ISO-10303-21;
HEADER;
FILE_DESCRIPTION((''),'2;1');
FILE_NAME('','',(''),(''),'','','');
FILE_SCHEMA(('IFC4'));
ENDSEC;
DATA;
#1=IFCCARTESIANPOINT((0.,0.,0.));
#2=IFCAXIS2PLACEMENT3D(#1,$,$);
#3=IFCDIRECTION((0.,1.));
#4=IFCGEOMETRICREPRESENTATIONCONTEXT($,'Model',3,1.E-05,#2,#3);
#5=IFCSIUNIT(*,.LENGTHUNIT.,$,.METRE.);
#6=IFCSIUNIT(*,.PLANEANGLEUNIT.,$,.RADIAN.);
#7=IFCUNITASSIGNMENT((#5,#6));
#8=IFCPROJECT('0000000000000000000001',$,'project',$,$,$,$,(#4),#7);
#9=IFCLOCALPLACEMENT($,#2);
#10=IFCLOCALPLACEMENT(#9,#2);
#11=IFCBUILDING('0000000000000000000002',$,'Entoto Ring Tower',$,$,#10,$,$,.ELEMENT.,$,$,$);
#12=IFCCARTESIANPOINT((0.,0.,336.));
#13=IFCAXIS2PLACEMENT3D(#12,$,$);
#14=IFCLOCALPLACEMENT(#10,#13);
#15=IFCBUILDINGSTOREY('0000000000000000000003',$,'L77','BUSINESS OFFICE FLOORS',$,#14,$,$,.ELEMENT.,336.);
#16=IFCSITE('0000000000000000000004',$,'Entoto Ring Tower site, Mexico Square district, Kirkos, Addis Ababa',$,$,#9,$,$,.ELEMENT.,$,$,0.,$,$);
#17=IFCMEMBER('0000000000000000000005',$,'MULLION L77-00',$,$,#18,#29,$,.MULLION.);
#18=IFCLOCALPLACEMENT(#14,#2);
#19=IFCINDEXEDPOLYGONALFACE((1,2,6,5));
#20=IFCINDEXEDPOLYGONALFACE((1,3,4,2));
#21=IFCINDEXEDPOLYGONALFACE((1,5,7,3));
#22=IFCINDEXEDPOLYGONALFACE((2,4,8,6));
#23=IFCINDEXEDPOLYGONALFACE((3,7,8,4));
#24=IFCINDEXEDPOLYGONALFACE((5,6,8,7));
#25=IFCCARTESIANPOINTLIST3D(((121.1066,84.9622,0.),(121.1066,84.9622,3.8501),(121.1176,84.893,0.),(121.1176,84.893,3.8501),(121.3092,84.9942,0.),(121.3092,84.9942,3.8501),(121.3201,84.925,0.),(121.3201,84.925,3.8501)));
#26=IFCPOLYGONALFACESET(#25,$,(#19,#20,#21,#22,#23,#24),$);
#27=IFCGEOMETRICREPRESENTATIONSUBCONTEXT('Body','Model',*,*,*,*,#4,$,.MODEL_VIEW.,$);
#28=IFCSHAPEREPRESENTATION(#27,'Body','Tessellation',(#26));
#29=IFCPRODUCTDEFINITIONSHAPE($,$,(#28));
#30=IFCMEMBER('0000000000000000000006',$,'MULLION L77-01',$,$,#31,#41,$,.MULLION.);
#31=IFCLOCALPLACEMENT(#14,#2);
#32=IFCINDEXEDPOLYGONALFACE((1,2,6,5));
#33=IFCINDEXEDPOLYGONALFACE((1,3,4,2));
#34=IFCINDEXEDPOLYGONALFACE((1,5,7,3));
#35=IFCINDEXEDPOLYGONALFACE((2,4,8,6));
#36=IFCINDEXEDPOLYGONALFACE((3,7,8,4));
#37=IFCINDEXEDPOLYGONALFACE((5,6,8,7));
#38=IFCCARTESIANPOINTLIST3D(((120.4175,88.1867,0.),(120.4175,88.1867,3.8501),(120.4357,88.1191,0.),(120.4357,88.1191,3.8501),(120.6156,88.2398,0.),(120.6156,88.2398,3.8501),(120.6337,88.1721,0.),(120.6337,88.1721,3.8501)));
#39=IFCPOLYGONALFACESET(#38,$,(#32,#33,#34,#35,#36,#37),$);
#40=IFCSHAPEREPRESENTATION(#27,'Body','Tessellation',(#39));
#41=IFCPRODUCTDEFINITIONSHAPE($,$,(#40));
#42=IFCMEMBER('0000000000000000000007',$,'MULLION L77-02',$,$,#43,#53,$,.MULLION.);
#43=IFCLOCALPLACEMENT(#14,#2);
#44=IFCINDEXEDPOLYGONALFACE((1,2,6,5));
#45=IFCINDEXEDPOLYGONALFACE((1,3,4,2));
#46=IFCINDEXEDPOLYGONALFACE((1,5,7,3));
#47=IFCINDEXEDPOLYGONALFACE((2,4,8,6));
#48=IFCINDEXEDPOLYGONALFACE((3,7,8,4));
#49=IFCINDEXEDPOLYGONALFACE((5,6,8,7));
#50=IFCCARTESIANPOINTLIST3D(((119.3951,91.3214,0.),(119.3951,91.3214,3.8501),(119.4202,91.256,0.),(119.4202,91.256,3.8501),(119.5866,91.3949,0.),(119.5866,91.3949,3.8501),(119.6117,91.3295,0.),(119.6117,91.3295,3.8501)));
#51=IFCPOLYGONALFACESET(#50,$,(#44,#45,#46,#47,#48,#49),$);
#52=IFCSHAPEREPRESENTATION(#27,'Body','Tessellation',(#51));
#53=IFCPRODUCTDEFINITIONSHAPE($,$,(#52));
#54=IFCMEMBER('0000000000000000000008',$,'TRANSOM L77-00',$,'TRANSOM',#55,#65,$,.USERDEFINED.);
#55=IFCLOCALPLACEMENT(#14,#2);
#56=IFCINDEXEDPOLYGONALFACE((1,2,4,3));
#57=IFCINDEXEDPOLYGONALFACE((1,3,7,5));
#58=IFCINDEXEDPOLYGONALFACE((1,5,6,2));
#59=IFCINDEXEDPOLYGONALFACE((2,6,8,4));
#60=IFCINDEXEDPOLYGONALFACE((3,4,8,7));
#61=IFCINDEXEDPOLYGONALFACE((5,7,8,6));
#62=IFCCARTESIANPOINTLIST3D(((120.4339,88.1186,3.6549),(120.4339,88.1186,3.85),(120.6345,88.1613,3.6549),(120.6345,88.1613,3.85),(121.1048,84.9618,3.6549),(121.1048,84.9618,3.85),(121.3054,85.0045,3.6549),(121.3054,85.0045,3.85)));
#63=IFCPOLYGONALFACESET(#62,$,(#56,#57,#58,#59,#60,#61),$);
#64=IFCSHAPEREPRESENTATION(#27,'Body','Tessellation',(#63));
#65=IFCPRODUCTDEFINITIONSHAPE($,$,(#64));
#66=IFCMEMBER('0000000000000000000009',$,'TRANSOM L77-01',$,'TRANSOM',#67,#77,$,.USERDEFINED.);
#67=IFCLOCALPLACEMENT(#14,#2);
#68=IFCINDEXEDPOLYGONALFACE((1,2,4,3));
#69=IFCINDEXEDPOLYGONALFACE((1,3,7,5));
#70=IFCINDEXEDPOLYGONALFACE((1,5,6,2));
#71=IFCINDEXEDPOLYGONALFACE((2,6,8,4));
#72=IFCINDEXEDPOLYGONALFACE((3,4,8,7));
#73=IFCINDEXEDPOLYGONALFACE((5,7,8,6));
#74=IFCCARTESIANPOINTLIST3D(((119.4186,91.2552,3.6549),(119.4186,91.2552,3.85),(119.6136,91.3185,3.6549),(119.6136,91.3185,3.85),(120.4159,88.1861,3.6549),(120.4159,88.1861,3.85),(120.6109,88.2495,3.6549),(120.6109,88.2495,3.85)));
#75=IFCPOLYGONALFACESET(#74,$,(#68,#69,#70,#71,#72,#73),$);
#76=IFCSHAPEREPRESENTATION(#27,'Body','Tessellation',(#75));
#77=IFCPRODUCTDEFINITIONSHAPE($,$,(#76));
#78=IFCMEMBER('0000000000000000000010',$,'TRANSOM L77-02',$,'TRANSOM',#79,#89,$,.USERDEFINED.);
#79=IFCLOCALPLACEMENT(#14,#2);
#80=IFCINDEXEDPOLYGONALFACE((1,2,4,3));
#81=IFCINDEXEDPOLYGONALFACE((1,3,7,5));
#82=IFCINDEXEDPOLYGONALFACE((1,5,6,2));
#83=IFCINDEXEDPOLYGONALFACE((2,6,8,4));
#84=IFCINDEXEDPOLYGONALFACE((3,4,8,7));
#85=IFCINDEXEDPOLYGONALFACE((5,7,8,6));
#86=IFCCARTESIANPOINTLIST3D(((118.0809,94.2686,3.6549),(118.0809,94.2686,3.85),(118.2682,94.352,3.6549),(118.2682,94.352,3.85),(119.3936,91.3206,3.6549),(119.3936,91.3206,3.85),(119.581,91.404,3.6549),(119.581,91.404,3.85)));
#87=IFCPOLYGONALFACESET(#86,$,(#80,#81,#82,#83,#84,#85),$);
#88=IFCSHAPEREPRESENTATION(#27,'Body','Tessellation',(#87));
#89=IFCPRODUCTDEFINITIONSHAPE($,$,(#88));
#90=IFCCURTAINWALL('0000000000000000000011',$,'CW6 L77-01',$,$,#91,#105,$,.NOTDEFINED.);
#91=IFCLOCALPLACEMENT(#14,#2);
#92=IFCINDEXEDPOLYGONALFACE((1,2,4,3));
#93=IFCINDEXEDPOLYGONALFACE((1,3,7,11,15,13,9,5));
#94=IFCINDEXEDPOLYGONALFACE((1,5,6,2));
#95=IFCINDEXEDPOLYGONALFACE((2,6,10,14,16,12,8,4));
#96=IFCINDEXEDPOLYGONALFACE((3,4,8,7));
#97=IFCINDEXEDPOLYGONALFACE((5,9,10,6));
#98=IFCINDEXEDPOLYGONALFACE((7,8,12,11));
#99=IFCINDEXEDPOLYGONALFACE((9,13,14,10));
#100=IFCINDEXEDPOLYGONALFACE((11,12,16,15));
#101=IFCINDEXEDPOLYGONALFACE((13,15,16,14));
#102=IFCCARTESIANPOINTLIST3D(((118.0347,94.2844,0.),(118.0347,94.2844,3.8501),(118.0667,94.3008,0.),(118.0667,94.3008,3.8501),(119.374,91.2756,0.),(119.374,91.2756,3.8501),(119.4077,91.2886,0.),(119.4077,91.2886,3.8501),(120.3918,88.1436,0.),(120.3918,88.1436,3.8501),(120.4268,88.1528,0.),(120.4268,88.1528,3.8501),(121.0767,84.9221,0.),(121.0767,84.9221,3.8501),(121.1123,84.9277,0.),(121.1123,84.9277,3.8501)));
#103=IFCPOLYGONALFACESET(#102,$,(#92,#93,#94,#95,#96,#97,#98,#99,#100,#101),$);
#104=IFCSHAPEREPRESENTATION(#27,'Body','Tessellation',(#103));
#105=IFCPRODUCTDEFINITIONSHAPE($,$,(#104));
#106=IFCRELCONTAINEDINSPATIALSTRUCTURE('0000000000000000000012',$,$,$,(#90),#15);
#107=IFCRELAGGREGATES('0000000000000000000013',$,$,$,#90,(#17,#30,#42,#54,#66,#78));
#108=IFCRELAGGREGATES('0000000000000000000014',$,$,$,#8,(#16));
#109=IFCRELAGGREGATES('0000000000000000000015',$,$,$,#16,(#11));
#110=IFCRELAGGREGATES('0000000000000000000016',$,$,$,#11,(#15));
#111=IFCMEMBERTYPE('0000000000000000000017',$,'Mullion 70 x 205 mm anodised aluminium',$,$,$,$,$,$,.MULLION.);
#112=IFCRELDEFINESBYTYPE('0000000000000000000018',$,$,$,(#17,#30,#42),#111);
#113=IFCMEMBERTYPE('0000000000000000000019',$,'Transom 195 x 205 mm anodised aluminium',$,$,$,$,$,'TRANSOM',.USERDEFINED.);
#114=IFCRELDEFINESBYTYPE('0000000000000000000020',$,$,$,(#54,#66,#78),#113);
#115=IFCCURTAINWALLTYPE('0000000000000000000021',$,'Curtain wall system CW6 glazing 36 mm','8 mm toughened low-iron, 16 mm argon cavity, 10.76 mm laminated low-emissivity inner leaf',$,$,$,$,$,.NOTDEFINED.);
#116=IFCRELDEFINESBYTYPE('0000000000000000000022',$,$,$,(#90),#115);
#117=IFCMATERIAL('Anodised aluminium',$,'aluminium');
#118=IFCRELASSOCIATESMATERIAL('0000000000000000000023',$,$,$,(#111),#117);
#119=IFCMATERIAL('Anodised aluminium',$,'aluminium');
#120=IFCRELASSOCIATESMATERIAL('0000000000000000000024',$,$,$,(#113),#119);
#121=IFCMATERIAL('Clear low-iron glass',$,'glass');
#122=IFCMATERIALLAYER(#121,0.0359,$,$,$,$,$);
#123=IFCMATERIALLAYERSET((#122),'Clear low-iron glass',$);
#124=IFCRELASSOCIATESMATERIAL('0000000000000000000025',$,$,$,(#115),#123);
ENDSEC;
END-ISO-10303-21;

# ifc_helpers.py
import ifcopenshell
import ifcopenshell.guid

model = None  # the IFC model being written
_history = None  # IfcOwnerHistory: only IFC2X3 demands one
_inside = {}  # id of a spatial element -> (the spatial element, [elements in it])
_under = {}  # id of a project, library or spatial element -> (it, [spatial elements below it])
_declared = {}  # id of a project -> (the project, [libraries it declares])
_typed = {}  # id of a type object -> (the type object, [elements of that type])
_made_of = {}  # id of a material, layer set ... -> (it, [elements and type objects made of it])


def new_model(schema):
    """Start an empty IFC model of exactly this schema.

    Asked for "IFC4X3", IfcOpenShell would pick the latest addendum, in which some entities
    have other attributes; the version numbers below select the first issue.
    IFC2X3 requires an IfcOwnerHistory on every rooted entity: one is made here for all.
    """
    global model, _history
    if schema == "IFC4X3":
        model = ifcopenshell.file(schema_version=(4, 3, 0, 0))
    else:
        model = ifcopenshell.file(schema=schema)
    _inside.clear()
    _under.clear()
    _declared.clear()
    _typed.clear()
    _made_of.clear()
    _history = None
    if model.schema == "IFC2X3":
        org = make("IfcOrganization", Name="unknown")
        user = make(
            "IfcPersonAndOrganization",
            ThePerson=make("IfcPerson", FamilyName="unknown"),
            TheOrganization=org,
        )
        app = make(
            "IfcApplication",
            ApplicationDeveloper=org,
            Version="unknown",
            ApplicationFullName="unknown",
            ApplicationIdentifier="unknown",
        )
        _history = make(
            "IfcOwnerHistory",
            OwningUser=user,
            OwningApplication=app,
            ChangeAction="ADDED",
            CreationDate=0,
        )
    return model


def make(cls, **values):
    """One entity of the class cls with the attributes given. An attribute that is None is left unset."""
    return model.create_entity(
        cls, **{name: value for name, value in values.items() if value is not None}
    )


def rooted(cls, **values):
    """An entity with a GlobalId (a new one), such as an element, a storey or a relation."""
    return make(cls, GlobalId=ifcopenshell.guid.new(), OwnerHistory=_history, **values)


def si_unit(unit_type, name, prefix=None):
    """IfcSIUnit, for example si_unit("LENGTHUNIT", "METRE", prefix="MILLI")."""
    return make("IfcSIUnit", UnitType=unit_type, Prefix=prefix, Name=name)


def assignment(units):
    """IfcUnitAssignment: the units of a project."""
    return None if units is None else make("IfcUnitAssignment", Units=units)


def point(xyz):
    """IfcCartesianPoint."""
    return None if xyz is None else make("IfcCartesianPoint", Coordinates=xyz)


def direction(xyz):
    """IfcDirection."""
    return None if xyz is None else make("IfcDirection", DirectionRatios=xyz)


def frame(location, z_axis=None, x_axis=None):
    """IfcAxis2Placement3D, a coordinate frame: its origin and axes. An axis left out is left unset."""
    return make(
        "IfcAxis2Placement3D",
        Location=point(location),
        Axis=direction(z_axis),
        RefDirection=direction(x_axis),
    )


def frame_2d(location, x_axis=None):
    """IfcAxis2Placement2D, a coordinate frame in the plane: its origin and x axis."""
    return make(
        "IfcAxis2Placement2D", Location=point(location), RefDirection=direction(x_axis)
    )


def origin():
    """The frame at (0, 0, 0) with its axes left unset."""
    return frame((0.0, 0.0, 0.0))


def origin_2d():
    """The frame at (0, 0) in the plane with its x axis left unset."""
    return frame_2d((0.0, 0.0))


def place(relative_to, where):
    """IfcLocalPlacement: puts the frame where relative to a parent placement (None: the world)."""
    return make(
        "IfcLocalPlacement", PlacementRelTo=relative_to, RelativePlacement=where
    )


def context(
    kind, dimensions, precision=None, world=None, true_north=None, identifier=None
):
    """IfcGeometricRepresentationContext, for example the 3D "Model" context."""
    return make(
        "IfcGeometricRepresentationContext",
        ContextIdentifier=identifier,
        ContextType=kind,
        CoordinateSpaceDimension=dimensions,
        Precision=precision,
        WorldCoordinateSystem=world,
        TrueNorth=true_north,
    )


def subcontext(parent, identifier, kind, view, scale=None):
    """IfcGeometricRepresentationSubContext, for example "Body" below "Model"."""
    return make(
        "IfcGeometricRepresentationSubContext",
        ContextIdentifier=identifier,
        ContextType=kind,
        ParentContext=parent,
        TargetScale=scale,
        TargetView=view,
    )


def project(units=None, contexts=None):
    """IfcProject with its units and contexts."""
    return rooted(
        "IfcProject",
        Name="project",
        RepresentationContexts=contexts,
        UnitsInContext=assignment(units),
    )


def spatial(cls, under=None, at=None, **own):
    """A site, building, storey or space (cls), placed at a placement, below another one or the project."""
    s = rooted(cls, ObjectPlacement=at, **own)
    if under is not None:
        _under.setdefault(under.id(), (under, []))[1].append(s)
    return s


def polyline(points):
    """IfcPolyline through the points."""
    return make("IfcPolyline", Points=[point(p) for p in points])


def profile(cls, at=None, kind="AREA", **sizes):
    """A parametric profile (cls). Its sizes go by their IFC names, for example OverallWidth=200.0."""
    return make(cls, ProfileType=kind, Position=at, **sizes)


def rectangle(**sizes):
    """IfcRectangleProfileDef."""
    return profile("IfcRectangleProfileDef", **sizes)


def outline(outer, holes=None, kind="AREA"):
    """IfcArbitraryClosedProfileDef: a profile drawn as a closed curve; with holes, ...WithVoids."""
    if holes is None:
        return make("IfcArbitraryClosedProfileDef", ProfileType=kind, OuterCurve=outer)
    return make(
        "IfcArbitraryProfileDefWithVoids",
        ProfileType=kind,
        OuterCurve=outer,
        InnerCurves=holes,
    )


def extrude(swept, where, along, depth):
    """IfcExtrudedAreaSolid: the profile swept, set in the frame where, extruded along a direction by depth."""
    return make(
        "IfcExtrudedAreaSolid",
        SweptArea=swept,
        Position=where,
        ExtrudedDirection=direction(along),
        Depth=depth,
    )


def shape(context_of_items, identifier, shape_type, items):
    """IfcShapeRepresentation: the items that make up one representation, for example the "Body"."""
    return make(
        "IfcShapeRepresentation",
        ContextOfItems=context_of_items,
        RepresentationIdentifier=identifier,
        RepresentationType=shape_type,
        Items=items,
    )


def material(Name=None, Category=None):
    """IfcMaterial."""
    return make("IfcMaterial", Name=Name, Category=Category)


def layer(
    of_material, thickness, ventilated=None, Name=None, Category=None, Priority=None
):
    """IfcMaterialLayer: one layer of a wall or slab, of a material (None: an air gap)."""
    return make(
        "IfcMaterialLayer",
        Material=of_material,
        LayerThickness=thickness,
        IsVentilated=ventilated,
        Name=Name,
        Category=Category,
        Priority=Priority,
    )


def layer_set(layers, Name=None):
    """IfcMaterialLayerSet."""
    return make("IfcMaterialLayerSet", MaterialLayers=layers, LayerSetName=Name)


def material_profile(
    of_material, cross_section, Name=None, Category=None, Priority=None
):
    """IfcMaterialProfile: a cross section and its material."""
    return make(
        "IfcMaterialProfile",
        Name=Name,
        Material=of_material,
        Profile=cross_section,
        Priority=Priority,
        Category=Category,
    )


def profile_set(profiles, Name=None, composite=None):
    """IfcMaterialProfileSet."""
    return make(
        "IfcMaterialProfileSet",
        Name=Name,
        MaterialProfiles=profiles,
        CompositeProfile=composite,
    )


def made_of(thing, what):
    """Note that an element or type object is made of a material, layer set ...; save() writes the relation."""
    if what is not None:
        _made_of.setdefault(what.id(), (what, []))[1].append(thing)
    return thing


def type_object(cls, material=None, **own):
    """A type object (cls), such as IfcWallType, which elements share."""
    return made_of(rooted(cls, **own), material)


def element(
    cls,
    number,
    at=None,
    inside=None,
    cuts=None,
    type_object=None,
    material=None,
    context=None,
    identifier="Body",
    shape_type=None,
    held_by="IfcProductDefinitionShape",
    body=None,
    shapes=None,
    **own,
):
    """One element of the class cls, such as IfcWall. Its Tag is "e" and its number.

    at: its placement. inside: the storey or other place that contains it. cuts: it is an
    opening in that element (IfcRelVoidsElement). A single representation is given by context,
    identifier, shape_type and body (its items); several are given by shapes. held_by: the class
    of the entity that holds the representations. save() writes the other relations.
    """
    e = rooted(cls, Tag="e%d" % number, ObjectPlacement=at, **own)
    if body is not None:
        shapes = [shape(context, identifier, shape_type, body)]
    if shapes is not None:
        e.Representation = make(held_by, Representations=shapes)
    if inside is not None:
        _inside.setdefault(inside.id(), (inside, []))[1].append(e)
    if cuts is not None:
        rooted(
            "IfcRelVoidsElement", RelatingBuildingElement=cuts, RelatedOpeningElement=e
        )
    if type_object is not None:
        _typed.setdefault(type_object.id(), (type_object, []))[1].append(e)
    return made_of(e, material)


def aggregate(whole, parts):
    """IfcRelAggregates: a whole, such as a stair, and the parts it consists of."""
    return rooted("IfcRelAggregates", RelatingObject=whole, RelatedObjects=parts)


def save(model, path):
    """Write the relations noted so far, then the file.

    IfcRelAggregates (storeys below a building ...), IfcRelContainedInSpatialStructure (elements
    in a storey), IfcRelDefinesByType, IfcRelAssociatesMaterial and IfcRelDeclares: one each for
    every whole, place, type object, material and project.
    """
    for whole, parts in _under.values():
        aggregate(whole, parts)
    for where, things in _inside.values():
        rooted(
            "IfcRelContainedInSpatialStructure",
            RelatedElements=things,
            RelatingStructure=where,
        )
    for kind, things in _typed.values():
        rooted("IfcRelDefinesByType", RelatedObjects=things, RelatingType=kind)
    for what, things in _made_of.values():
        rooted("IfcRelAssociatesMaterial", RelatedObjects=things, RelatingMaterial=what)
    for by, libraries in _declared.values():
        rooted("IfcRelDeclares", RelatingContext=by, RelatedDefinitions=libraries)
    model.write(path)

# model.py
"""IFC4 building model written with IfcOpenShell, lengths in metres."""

from ifc_helpers import new_model, si_unit, direction, frame, origin, origin_2d, place, context, subcontext, project, spatial, polyline, rectangle, outline, extrude, material, layer, layer_set, material_profile, profile_set, type_object, element, aggregate, save


model = new_model("IFC4")

# Units and contexts
model_context = context("Model", 3, precision=1e-05, world=origin(), true_north=direction((0.0, 1.0)))
body_context = subcontext(model_context, "Body", "Model", "MODEL_VIEW")
ifc_project = project(units=[si_unit("LENGTHUNIT", "METRE"), si_unit("PLANEANGLEUNIT", "RADIAN")], contexts=[model_context])

# Members
ifc_material_1 = material(Name="Anodised aluminium", Category="aluminium")
ifc_material_profile_1 = material_profile(ifc_material_1, rectangle(XDim=0.0701, YDim=0.2051, at=origin_2d()), Name="Mullion 70 x 205 mm anodised aluminium")
ifc_profile_set_1 = profile_set([ifc_material_profile_1], Name="Anodised aluminium")
member_type_1 = type_object("IfcMemberType", Name="Mullion 70 x 205 mm anodised aluminium", PredefinedType="MULLION", material=ifc_profile_set_1)
site_placement = place(None, origin())
building_placement = place(site_placement, origin())
storey_placement = place(building_placement, frame((0.0, 0.0, 336.0)))
member_1_placement = place(storey_placement, frame((121.2134, 84.9436, 0.0), z_axis=(0.0, 0.0, 1.0), x_axis=(-0.156434, 0.987688, 0.0)))
member_1 = element("IfcMember", 1, at=member_1_placement, type_object=member_type_1, Name="MULLION L77-00", PredefinedType="MULLION", context=body_context, shape_type="SweptSolid", body=[
    extrude(rectangle(XDim=0.0701, YDim=0.2051, at=origin_2d()), origin(), (0.0, 0.0, 1.0), 3.8501),
])
member_2_placement = place(storey_placement, frame((120.5256, 88.1794, 0.0), z_axis=(0.0, 0.0, 1.0), x_axis=(-0.258819, 0.965926, 0.0)))
member_2 = element("IfcMember", 2, at=member_2_placement, type_object=member_type_1, Name="MULLION L77-01", PredefinedType="MULLION", context=body_context, shape_type="SweptSolid", body=[
    extrude(rectangle(XDim=0.0701, YDim=0.2051, at=origin_2d()), origin(), (0.0, 0.0, 1.0), 3.8501),
])
member_3_placement = place(storey_placement, frame((119.5034, 91.3254, 0.0), z_axis=(0.0, 0.0, 1.0), x_axis=(-0.358368, 0.93358, 0.0)))
member_3 = element("IfcMember", 3, at=member_3_placement, type_object=member_type_1, Name="MULLION L77-02", PredefinedType="MULLION", context=body_context, shape_type="SweptSolid", body=[
    extrude(rectangle(XDim=0.0701, YDim=0.2051, at=origin_2d()), origin(), (0.0, 0.0, 1.0), 3.8501),
])
ifc_material_2 = material(Name="Anodised aluminium", Category="aluminium")
ifc_material_profile_2 = material_profile(ifc_material_2, rectangle(XDim=0.2051, YDim=0.1951, at=origin_2d()), Name="Transom 195 x 205 mm anodised aluminium")
ifc_profile_set_2 = profile_set([ifc_material_profile_2], Name="Anodised aluminium")
member_type_2 = type_object("IfcMemberType", Name="Transom 195 x 205 mm anodised aluminium", ElementType="TRANSOM", PredefinedType="USERDEFINED", material=ifc_profile_set_2)
member_4_placement = place(storey_placement, frame((121.2051, 84.9832, 3.7524), z_axis=(-0.207886, 0.978153, 0.0), x_axis=(-0.978153, -0.207886, 0.0)))
member_4 = element("IfcMember", 4, at=member_4_placement, type_object=member_type_2, Name="TRANSOM L77-00", ObjectType="TRANSOM", PredefinedType="USERDEFINED", context=body_context, shape_type="SweptSolid", body=[
    extrude(rectangle(XDim=0.2051, YDim=0.1951, at=origin_2d()), origin(), (0.0, 0.0, 1.0), 3.2273),
])
member_5_placement = place(storey_placement, frame((120.5134, 88.2178, 3.7524), z_axis=(-0.309047, 0.951047, 0.0), x_axis=(-0.951047, -0.309047, 0.0)))
member_5 = element("IfcMember", 5, at=member_5_placement, type_object=member_type_2, Name="TRANSOM L77-01", ObjectType="TRANSOM", PredefinedType="USERDEFINED", context=body_context, shape_type="SweptSolid", body=[
    extrude(rectangle(XDim=0.2051, YDim=0.1951, at=origin_2d()), origin(), (0.0, 0.0, 1.0), 3.2271),
])
member_6_placement = place(storey_placement, frame((119.4873, 91.3623, 3.7524), z_axis=(-0.406791, 0.913521, 0.0), x_axis=(-0.913521, -0.406791, 0.0)))
member_6 = element("IfcMember", 6, at=member_6_placement, type_object=member_type_2, Name="TRANSOM L77-02", ObjectType="TRANSOM", PredefinedType="USERDEFINED", context=body_context, shape_type="SweptSolid", body=[
    extrude(rectangle(XDim=0.2051, YDim=0.1951, at=origin_2d()), origin(), (0.0, 0.0, 1.0), 3.2271),
])

# Site, building, storey
site = spatial("IfcSite", under=ifc_project, at=site_placement, Name="Entoto Ring Tower site, Mexico Square district, Kirkos, Addis Ababa", CompositionType="ELEMENT", RefElevation=0.0)
building = spatial("IfcBuilding", under=site, at=building_placement, Name="Entoto Ring Tower", CompositionType="ELEMENT")
storey = spatial("IfcBuildingStorey", under=building, at=storey_placement, Name="L77", Description="BUSINESS OFFICE FLOORS", CompositionType="ELEMENT", Elevation=336.0)

# Curtain wall
ifc_material_3 = material(Name="Clear low-iron glass", Category="glass")
ifc_layer_1 = layer(ifc_material_3, 0.0359)
ifc_layer_set_1 = layer_set([ifc_layer_1], Name="Clear low-iron glass")
curtain_wall_type = type_object("IfcCurtainWallType", Name="Curtain wall system CW6 glazing 36 mm", Description="8 mm toughened low-iron, 16 mm argon cavity, 10.76 mm laminated low-emissivity inner leaf", PredefinedType="NOTDEFINED", material=ifc_layer_set_1)
curtain_wall_1_placement = place(storey_placement, origin())
curtain_wall_1 = element("IfcCurtainWall", 7, at=curtain_wall_1_placement, inside=storey, type_object=curtain_wall_type, Name="CW6 L77-01", PredefinedType="NOTDEFINED", context=body_context, shape_type="SweptSolid", body=[
    extrude(outline(polyline([(121.1123, 84.9277), (120.4268, 88.1528), (119.4077, 91.2886), (118.0667, 94.3008), (118.0347, 94.2844), (119.374, 91.2756), (120.3918, 88.1436), (121.0767, 84.9221), (121.1123, 84.9277)])), origin(), (0.0, 0.0, 1.0), 3.8501),
])
aggregate(curtain_wall_1, [member_1, member_2, member_3, member_4, member_5, member_6])

save(model, "model.ifc")
